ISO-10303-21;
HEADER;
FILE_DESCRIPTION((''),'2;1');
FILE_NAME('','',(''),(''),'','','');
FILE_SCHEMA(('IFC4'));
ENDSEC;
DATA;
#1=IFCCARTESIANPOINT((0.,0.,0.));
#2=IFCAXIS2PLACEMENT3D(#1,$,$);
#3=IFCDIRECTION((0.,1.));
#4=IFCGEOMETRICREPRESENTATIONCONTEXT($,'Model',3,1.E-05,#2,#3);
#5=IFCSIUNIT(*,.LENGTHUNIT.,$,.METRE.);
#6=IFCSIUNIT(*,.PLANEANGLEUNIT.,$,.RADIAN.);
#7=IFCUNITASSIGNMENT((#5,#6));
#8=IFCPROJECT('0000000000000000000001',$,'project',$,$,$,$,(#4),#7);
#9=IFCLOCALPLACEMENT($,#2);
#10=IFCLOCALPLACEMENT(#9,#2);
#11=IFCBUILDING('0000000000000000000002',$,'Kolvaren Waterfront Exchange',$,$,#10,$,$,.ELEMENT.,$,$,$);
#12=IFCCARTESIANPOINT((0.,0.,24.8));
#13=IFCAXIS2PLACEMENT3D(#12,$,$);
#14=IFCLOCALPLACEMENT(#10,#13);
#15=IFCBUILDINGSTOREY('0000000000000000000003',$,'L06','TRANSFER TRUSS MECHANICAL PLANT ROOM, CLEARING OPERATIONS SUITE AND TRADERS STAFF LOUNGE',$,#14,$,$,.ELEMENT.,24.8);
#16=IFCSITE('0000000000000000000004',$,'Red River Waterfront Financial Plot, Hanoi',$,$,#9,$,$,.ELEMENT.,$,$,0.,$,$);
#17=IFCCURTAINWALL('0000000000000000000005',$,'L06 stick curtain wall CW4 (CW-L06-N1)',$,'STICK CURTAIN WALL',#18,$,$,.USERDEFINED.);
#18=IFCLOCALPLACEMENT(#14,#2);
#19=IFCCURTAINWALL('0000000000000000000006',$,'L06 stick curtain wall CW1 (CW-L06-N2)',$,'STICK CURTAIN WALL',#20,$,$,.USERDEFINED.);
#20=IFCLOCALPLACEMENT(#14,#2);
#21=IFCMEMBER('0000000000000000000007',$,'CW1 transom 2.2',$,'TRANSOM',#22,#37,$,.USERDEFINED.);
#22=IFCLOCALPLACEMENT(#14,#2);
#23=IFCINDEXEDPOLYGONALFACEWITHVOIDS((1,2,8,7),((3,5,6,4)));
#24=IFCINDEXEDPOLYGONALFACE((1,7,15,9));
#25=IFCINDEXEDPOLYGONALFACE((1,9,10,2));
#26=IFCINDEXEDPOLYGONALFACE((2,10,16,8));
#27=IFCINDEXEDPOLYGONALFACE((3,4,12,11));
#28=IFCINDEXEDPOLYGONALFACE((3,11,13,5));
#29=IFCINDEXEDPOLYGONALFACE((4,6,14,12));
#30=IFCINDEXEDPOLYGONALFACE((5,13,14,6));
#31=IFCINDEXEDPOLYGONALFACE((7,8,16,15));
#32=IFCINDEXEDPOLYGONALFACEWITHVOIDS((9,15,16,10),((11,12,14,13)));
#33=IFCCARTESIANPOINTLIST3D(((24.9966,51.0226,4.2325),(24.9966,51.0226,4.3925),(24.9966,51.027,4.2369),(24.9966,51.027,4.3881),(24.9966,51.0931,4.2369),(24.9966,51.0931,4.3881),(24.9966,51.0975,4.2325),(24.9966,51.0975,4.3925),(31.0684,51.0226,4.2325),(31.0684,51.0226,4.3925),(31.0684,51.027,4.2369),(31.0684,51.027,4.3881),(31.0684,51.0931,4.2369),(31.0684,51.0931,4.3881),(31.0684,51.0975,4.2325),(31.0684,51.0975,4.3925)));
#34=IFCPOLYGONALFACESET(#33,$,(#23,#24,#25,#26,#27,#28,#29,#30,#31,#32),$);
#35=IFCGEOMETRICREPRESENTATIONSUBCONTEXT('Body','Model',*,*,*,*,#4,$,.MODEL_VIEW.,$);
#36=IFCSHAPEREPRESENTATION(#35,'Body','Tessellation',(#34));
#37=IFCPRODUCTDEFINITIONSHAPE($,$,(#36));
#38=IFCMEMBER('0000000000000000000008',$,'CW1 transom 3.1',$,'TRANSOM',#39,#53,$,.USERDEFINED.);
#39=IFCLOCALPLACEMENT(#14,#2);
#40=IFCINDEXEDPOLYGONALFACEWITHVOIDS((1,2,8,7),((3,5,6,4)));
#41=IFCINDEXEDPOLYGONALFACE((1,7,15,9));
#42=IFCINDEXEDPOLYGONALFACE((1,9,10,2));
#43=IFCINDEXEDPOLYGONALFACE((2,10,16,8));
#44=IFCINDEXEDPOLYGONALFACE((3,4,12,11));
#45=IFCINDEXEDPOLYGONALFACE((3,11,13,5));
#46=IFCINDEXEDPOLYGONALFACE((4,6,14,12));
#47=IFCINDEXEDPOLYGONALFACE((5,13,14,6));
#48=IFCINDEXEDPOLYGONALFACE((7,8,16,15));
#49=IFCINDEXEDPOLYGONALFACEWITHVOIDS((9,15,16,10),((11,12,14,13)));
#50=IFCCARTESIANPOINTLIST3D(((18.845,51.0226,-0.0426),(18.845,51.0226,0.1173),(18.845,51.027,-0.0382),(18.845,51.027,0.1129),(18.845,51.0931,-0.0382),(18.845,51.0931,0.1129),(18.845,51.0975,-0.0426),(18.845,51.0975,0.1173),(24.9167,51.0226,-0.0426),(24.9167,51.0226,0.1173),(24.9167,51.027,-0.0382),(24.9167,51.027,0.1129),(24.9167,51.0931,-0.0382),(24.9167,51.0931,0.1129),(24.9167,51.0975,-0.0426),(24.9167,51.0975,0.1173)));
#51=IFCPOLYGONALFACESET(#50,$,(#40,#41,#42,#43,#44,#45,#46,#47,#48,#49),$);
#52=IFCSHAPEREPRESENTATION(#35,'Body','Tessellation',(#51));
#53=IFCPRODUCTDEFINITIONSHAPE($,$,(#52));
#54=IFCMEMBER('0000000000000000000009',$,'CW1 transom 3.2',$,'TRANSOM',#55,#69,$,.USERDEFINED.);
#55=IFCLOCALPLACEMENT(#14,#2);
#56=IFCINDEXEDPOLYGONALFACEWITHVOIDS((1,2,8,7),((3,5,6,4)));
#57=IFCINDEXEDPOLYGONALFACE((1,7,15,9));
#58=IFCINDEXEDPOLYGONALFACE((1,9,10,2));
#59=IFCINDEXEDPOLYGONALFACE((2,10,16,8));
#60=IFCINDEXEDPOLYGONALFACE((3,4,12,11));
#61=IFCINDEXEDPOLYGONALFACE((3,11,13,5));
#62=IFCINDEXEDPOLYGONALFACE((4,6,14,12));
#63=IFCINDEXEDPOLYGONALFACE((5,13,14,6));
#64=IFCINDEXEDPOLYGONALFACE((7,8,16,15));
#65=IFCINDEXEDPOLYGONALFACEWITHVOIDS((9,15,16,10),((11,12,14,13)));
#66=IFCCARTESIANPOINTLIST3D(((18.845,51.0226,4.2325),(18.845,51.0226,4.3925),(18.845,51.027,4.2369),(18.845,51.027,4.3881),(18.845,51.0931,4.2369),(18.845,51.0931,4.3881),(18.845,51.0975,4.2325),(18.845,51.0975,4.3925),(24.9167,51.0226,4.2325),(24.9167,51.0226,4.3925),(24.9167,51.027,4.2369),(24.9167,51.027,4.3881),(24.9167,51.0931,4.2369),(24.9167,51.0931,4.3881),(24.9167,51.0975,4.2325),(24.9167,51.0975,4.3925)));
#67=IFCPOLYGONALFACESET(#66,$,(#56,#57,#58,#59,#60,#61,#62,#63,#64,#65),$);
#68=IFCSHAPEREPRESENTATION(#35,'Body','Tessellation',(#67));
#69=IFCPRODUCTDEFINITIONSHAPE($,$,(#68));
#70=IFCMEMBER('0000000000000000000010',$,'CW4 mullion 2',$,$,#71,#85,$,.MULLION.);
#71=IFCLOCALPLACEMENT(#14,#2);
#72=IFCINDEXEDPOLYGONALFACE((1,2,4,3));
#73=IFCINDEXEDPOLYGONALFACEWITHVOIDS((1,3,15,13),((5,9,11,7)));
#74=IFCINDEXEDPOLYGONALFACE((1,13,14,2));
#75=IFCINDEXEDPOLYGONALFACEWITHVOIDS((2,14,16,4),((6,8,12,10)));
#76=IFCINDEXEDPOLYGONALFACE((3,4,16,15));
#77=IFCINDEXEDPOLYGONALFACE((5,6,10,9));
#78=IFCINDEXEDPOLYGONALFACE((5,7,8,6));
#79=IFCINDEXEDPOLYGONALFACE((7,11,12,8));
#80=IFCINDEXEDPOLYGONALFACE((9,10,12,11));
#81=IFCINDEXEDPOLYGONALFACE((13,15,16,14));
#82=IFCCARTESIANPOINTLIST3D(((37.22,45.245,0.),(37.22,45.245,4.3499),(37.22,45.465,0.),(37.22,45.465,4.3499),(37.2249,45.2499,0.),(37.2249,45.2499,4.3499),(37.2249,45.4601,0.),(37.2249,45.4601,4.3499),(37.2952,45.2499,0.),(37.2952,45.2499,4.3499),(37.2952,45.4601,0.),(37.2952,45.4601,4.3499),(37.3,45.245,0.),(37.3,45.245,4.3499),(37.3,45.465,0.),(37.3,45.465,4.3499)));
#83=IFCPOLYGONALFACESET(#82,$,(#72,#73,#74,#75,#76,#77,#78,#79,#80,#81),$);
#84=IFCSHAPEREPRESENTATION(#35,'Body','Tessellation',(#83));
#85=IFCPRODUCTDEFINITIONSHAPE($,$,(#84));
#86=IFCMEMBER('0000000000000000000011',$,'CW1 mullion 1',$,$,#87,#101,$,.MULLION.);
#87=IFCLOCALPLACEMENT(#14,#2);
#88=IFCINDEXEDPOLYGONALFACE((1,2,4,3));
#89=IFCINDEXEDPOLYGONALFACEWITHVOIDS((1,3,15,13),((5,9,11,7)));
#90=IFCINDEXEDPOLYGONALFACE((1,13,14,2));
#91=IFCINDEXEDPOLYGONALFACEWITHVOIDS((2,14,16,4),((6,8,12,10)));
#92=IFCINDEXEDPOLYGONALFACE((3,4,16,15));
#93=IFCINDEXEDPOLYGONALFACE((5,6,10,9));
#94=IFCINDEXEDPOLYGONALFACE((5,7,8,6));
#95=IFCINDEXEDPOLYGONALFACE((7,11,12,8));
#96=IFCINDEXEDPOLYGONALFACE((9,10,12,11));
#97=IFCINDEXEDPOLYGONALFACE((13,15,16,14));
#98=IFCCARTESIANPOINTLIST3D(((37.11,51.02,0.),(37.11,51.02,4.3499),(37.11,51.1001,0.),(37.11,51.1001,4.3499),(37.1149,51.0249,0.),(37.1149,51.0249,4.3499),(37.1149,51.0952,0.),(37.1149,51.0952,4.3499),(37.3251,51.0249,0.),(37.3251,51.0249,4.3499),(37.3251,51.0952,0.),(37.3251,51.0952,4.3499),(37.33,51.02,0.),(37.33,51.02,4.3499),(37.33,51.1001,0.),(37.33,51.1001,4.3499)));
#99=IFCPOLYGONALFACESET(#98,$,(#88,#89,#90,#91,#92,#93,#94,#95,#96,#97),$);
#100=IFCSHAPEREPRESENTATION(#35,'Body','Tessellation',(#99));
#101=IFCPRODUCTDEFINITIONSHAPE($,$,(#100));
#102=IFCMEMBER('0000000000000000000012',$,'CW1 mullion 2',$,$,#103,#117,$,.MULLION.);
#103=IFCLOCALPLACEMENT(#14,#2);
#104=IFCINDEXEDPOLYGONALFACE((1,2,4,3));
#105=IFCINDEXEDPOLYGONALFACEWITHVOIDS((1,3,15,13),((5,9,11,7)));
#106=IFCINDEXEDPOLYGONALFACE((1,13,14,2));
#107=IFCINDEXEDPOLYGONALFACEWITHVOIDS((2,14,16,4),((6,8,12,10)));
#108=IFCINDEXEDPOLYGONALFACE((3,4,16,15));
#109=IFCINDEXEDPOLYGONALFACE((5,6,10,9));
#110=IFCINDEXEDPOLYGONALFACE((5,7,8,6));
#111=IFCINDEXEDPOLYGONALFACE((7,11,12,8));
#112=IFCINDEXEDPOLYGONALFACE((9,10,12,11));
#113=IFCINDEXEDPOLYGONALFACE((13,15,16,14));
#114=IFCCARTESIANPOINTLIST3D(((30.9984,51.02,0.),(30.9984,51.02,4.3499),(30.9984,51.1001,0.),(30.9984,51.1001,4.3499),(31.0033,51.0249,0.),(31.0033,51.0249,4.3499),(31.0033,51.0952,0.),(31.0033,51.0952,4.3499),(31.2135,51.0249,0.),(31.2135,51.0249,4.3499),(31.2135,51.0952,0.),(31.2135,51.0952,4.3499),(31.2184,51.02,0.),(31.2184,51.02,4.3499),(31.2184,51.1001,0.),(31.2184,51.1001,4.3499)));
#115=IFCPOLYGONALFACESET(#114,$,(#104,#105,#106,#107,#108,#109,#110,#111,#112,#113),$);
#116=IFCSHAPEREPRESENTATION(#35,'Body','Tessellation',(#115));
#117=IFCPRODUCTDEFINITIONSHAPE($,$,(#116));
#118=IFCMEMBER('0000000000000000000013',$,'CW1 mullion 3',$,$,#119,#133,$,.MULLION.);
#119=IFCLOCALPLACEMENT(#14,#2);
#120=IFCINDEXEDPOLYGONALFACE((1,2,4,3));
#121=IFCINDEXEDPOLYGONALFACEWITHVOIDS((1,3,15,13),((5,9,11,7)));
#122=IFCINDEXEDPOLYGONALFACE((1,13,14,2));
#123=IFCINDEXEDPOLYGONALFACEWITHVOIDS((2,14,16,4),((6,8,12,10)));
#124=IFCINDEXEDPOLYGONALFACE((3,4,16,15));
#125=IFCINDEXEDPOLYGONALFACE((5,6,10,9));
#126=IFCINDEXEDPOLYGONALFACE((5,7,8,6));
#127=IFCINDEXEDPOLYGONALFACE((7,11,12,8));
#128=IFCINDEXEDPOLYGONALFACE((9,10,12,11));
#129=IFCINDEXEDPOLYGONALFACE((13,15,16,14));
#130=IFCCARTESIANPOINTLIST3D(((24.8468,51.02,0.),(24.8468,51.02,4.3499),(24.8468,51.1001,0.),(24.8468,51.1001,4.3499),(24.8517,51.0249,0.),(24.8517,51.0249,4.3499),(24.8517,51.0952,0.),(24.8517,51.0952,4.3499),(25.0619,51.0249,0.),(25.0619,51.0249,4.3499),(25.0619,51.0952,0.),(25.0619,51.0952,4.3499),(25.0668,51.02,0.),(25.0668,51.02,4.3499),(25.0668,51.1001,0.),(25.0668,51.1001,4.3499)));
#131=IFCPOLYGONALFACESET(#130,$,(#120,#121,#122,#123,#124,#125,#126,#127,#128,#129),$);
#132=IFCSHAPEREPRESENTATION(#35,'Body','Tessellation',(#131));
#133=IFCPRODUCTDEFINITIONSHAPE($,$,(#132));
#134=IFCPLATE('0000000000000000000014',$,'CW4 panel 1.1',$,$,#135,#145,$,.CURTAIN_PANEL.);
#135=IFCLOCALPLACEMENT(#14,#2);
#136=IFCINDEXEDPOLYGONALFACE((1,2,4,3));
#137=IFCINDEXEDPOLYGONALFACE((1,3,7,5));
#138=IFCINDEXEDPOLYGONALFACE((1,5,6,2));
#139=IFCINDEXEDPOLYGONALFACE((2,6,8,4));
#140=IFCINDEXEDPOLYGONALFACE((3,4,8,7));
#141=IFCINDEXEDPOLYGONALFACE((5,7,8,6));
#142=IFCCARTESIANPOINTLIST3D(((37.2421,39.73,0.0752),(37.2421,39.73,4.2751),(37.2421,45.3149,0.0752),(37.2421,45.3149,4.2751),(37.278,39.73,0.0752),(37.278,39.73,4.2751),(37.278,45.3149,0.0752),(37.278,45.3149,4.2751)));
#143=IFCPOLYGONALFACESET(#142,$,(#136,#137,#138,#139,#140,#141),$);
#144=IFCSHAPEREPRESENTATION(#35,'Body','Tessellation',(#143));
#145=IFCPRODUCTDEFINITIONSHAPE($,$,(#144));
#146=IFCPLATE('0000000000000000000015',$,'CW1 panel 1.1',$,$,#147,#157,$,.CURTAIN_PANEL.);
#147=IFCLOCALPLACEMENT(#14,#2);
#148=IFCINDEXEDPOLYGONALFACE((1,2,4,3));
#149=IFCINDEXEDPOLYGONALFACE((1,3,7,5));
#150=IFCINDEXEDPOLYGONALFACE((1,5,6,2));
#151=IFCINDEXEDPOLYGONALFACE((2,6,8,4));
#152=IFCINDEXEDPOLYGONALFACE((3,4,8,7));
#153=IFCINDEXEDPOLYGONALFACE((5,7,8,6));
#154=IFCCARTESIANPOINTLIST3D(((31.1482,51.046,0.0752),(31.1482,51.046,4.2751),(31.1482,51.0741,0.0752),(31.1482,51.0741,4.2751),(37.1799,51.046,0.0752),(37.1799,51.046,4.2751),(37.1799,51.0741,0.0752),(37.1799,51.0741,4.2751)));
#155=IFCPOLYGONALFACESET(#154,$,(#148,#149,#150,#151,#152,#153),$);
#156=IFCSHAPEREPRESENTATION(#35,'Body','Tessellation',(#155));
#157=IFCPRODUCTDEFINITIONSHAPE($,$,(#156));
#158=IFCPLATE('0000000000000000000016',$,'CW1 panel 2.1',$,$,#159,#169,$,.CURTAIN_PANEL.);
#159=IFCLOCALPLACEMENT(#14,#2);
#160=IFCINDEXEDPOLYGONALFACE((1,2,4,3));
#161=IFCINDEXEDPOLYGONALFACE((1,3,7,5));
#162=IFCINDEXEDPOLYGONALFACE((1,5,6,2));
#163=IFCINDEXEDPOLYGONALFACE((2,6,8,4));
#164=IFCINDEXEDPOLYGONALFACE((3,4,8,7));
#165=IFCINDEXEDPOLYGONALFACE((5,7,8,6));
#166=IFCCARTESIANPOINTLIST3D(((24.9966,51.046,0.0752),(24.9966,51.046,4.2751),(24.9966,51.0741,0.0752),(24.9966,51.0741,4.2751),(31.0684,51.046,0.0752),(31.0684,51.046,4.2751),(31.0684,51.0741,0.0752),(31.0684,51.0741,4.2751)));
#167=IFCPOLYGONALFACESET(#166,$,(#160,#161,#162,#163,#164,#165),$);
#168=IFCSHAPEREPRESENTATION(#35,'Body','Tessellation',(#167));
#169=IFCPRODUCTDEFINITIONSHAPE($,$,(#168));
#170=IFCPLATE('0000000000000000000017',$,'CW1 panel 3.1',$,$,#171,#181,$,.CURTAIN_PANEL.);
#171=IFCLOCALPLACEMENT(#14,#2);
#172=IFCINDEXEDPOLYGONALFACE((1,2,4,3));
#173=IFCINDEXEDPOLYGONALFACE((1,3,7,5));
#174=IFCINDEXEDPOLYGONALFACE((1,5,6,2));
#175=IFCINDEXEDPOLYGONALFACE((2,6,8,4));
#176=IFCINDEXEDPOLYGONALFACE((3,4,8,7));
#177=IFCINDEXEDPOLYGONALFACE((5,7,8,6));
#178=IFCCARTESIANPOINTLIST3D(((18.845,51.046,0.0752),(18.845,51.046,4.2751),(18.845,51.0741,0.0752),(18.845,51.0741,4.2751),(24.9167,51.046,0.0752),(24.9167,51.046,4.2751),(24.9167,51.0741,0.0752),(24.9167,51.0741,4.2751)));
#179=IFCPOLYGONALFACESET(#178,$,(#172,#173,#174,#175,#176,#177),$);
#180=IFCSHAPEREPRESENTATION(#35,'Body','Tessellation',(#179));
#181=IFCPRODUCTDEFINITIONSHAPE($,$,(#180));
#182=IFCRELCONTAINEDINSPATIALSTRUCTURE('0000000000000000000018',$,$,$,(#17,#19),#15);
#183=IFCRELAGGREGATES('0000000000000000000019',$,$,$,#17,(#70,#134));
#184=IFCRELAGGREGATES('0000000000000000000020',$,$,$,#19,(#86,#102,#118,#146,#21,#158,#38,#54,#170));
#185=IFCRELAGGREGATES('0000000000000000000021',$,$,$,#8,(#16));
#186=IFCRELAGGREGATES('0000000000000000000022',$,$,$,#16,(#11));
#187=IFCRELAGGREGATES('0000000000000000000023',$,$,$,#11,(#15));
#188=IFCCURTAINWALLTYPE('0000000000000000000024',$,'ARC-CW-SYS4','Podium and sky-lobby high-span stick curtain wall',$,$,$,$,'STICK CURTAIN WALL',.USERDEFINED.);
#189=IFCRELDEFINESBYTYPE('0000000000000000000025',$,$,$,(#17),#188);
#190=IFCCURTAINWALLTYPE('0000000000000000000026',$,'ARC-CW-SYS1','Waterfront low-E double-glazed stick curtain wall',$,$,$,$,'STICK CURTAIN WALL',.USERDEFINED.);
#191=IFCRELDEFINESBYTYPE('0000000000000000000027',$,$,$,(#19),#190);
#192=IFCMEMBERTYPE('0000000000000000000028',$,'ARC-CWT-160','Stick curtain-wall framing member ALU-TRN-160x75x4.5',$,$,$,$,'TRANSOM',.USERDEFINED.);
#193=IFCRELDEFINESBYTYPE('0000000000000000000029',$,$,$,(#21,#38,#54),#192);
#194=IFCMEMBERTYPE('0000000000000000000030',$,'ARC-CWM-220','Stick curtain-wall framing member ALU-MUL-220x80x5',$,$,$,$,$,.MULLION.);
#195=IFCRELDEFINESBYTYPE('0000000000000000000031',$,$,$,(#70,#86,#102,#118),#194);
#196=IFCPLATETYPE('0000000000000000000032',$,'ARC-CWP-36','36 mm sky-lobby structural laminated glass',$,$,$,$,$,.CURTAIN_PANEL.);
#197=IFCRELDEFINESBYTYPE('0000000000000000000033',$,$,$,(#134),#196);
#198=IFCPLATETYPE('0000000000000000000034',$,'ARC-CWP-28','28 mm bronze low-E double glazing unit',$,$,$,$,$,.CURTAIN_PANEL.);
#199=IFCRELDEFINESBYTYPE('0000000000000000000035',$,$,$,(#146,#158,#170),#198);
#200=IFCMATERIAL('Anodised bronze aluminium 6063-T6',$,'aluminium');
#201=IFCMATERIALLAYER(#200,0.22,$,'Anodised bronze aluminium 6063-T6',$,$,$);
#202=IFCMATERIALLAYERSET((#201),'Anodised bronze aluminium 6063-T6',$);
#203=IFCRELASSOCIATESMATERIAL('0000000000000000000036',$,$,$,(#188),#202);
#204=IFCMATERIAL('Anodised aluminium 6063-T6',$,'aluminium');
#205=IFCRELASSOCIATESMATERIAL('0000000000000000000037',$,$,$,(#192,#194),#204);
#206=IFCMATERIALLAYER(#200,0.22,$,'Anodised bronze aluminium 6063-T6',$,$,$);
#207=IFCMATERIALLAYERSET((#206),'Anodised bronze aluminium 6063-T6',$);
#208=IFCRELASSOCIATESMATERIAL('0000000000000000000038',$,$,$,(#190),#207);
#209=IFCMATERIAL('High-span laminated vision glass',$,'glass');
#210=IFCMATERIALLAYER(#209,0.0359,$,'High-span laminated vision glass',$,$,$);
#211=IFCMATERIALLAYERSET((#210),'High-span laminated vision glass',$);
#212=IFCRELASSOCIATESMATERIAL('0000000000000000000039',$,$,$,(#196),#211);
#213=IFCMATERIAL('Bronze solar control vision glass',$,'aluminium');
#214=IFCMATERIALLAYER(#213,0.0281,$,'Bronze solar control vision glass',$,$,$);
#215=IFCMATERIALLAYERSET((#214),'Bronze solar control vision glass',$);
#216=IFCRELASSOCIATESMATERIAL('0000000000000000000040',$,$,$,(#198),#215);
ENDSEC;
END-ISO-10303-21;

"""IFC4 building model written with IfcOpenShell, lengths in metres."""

from ifc_helpers import new_model, si_unit, direction, frame, origin, origin_with_axes, origin_2d, place, context, subcontext, project, spatial, rectangle, hollow_rectangle, extrude, source, transform, mapped, material, layer, layer_set, material_profile, profile_set, type_object, element, aggregate, save


model = new_model("IFC4")

# Units and contexts
model_context = context("Model", 3, precision=1e-05, world=origin(), true_north=direction((0.0, 1.0)))
body_context = subcontext(model_context, "Body", "Model", "MODEL_VIEW")
ifc_project = project(units=[si_unit("LENGTHUNIT", "METRE"), si_unit("PLANEANGLEUNIT", "RADIAN")], contexts=[model_context])

# Site, building, storey
site_placement = place(None, origin())
site = spatial("IfcSite", under=ifc_project, at=site_placement, Name="Red River Waterfront Financial Plot, Hanoi", CompositionType="ELEMENT", RefElevation=0.0)
building_placement = place(site_placement, origin())
building = spatial("IfcBuilding", under=site, at=building_placement, Name="Kolvaren Waterfront Exchange", CompositionType="ELEMENT")
storey_placement = place(building_placement, frame((0.0, 0.0, 24.8)))
storey = spatial("IfcBuildingStorey", under=building, at=storey_placement, Name="L06", Description="TRANSFER TRUSS MECHANICAL PLANT ROOM, CLEARING OPERATIONS SUITE AND TRADERS STAFF LOUNGE", CompositionType="ELEMENT", Elevation=24.8)

# Curtain walls, members
ifc_material_1 = material(Name="Anodised bronze aluminium 6063-T6", Category="aluminium")
ifc_layer_1 = layer(ifc_material_1, 0.22, Name="Anodised bronze aluminium 6063-T6")
ifc_layer_set_1 = layer_set([ifc_layer_1], Name="Anodised bronze aluminium 6063-T6")
curtain_wall_type_1 = type_object("IfcCurtainWallType", Name="ARC-CW-SYS4", Description="Podium and sky-lobby high-span stick curtain wall", ElementType="STICK CURTAIN WALL", PredefinedType="USERDEFINED", material=ifc_layer_set_1)
curtain_wall_1_placement = place(storey_placement, origin())
curtain_wall_1 = element("IfcCurtainWall", 1, at=curtain_wall_1_placement, inside=storey, type_object=curtain_wall_type_1, Name="L06 stick curtain wall CW4 (CW-L06-N1)", ObjectType="STICK CURTAIN WALL", PredefinedType="USERDEFINED")
ifc_material_2 = material(Name="Anodised aluminium 6063-T6", Category="aluminium")
ifc_material_profile_1 = material_profile(ifc_material_2, hollow_rectangle(XDim=0.075, YDim=0.1599, WallThickness=0.0044, at=origin_2d()), Name="ALU-TRN-160x75x4.5")
ifc_profile_set_1 = profile_set([ifc_material_profile_1], Name="Anodised aluminium 6063-T6")
member_type_1 = type_object("IfcMemberType", Name="ARC-CWT-160", Description="Stick curtain-wall framing member ALU-TRN-160x75x4.5", ElementType="TRANSOM", PredefinedType="USERDEFINED", material=ifc_profile_set_1)
ifc_layer_2 = layer(ifc_material_1, 0.22, Name="Anodised bronze aluminium 6063-T6")
ifc_layer_set_2 = layer_set([ifc_layer_2], Name="Anodised bronze aluminium 6063-T6")
curtain_wall_type_2 = type_object("IfcCurtainWallType", Name="ARC-CW-SYS1", Description="Waterfront low-E double-glazed stick curtain wall", ElementType="STICK CURTAIN WALL", PredefinedType="USERDEFINED", material=ifc_layer_set_2)
curtain_wall_2_placement = place(storey_placement, origin())
curtain_wall_2 = element("IfcCurtainWall", 2, at=curtain_wall_2_placement, inside=storey, type_object=curtain_wall_type_2, Name="L06 stick curtain wall CW1 (CW-L06-N2)", ObjectType="STICK CURTAIN WALL", PredefinedType="USERDEFINED")
shared_shape_1 = source(origin_with_axes(), body_context, "Body", "SweptSolid", [
    extrude(hollow_rectangle(XDim=0.075, YDim=0.1599, WallThickness=0.0044, at=origin_2d()), origin(), (0.0, 0.0, 1.0), 6.0718),
])
member_1_placement = place(storey_placement, frame((31.0684, 51.0601, 4.3125), z_axis=(-1.0, 0.0, 0.0), x_axis=(0.0, -1.0, 0.0)))
member_1 = element("IfcMember", 3, at=member_1_placement, type_object=member_type_1, Name="CW1 transom 2.2", ObjectType="TRANSOM", PredefinedType="USERDEFINED", context=body_context, shape_type="MappedRepresentation", body=[
    mapped(shared_shape_1, transform((0.0, 0.0, 0.0), x_axis=(1.0, 0.0, 0.0), y_axis=(0.0, 1.0, 0.0), z_axis=(0.0, 0.0, 1.0), scale=1.0)),
])
member_2_placement = place(storey_placement, frame((24.9167, 51.0601, 0.0374), z_axis=(-1.0, 0.0, 0.0), x_axis=(0.0, -1.0, 0.0)))
member_2 = element("IfcMember", 4, at=member_2_placement, type_object=member_type_1, Name="CW1 transom 3.1", ObjectType="TRANSOM", PredefinedType="USERDEFINED", context=body_context, shape_type="MappedRepresentation", body=[
    mapped(shared_shape_1, transform((0.0, 0.0, 0.0), x_axis=(1.0, 0.0, 0.0), y_axis=(0.0, 1.0, 0.0), z_axis=(0.0, 0.0, 1.0), scale=1.0)),
])
member_3_placement = place(storey_placement, frame((24.9167, 51.0601, 4.3125), z_axis=(-1.0, 0.0, 0.0), x_axis=(0.0, -1.0, 0.0)))
member_3 = element("IfcMember", 5, at=member_3_placement, type_object=member_type_1, Name="CW1 transom 3.2", ObjectType="TRANSOM", PredefinedType="USERDEFINED", context=body_context, shape_type="MappedRepresentation", body=[
    mapped(shared_shape_1, transform((0.0, 0.0, 0.0), x_axis=(1.0, 0.0, 0.0), y_axis=(0.0, 1.0, 0.0), z_axis=(0.0, 0.0, 1.0), scale=1.0)),
])

# Members
ifc_material_profile_2 = material_profile(ifc_material_2, hollow_rectangle(XDim=0.0801, YDim=0.22, WallThickness=0.0049, at=origin_2d()), Name="ALU-MUL-220x80x5")
ifc_profile_set_2 = profile_set([ifc_material_profile_2], Name="Anodised aluminium 6063-T6")
member_type_2 = type_object("IfcMemberType", Name="ARC-CWM-220", Description="Stick curtain-wall framing member ALU-MUL-220x80x5", PredefinedType="MULLION", material=ifc_profile_set_2)
shared_shape_2 = source(origin_with_axes(), body_context, "Body", "SweptSolid", [
    extrude(hollow_rectangle(XDim=0.0801, YDim=0.22, WallThickness=0.0049, at=origin_2d()), origin(), (0.0, 0.0, 1.0), 4.3499),
])
member_4_placement = place(storey_placement, frame((37.26, 45.355, 0.0), z_axis=(0.0, 0.0, 1.0), x_axis=(-1.0, 0.0, 0.0)))
member_4 = element("IfcMember", 6, at=member_4_placement, type_object=member_type_2, Name="CW4 mullion 2", PredefinedType="MULLION", context=body_context, shape_type="MappedRepresentation", body=[
    mapped(shared_shape_2, transform((0.0, 0.0, 0.0), x_axis=(1.0, 0.0, 0.0), y_axis=(0.0, 1.0, 0.0), z_axis=(0.0, 0.0, 1.0), scale=1.0)),
])
member_5_placement = place(storey_placement, frame((37.22, 51.0601, 0.0), z_axis=(0.0, 0.0, 1.0), x_axis=(0.0, -1.0, 0.0)))
member_5 = element("IfcMember", 7, at=member_5_placement, type_object=member_type_2, Name="CW1 mullion 1", PredefinedType="MULLION", context=body_context, shape_type="MappedRepresentation", body=[
    mapped(shared_shape_2, transform((0.0, 0.0, 0.0), x_axis=(1.0, 0.0, 0.0), y_axis=(0.0, 1.0, 0.0), z_axis=(0.0, 0.0, 1.0), scale=1.0)),
])
member_6_placement = place(storey_placement, frame((31.1084, 51.0601, 0.0), z_axis=(0.0, 0.0, 1.0), x_axis=(0.0, -1.0, 0.0)))
member_6 = element("IfcMember", 8, at=member_6_placement, type_object=member_type_2, Name="CW1 mullion 2", PredefinedType="MULLION", context=body_context, shape_type="MappedRepresentation", body=[
    mapped(shared_shape_2, transform((0.0, 0.0, 0.0), x_axis=(1.0, 0.0, 0.0), y_axis=(0.0, 1.0, 0.0), z_axis=(0.0, 0.0, 1.0), scale=1.0)),
])
member_7_placement = place(storey_placement, frame((24.9568, 51.0601, 0.0), z_axis=(0.0, 0.0, 1.0), x_axis=(0.0, -1.0, 0.0)))
member_7 = element("IfcMember", 9, at=member_7_placement, type_object=member_type_2, Name="CW1 mullion 3", PredefinedType="MULLION", context=body_context, shape_type="MappedRepresentation", body=[
    mapped(shared_shape_2, transform((0.0, 0.0, 0.0), x_axis=(1.0, 0.0, 0.0), y_axis=(0.0, 1.0, 0.0), z_axis=(0.0, 0.0, 1.0), scale=1.0)),
])

# Plates
ifc_material_3 = material(Name="High-span laminated vision glass", Category="glass")
ifc_layer_3 = layer(ifc_material_3, 0.0359, Name="High-span laminated vision glass")
ifc_layer_set_3 = layer_set([ifc_layer_3], Name="High-span laminated vision glass")
plate_type_1 = type_object("IfcPlateType", Name="ARC-CWP-36", Description="36 mm sky-lobby structural laminated glass", PredefinedType="CURTAIN_PANEL", material=ifc_layer_set_3)
shared_shape_3 = source(origin_with_axes(), body_context, "Body", "SweptSolid", [
    extrude(rectangle(XDim=5.585, YDim=0.0359, at=origin_2d()), origin(), (0.0, 0.0, 1.0), 4.2),
])
plate_1_placement = place(storey_placement, frame((37.26, 42.5225, 0.0752), z_axis=(0.0, 0.0, 1.0), x_axis=(0.0, 1.0, 0.0)))
plate_1 = element("IfcPlate", 10, at=plate_1_placement, type_object=plate_type_1, Name="CW4 panel 1.1", PredefinedType="CURTAIN_PANEL", context=body_context, shape_type="MappedRepresentation", body=[
    mapped(shared_shape_3, transform((0.0, 0.0, 0.0), x_axis=(1.0, 0.0, 0.0), y_axis=(0.0, 1.0, 0.0), z_axis=(0.0, 0.0, 1.0), scale=1.0)),
])
aggregate(curtain_wall_1, [member_4, plate_1])
ifc_material_4 = material(Name="Bronze solar control vision glass", Category="aluminium")
ifc_layer_4 = layer(ifc_material_4, 0.0281, Name="Bronze solar control vision glass")
ifc_layer_set_4 = layer_set([ifc_layer_4], Name="Bronze solar control vision glass")
plate_type_2 = type_object("IfcPlateType", Name="ARC-CWP-28", Description="28 mm bronze low-E double glazing unit", PredefinedType="CURTAIN_PANEL", material=ifc_layer_set_4)
shared_shape_4 = source(origin_with_axes(), body_context, "Body", "SweptSolid", [
    extrude(rectangle(XDim=6.0317, YDim=0.0281, at=origin_2d()), origin(), (0.0, 0.0, 1.0), 4.2),
])
plate_2_placement = place(storey_placement, frame((34.1641, 51.0601, 0.0752), z_axis=(0.0, 0.0, 1.0), x_axis=(-1.0, 0.0, 0.0)))
plate_2 = element("IfcPlate", 11, at=plate_2_placement, type_object=plate_type_2, Name="CW1 panel 1.1", PredefinedType="CURTAIN_PANEL", context=body_context, shape_type="MappedRepresentation", body=[
    mapped(shared_shape_4, transform((0.0, 0.0, 0.0), x_axis=(1.0, 0.0, 0.0), y_axis=(0.0, 1.0, 0.0), z_axis=(0.0, 0.0, 1.0), scale=1.0)),
])
shared_shape_5 = source(origin_with_axes(), body_context, "Body", "SweptSolid", [
    extrude(rectangle(XDim=6.0718, YDim=0.0281, at=origin_2d()), origin(), (0.0, 0.0, 1.0), 4.2),
])
plate_3_placement = place(storey_placement, frame((28.0325, 51.0601, 0.0752), z_axis=(0.0, 0.0, 1.0), x_axis=(-1.0, 0.0, 0.0)))
plate_3 = element("IfcPlate", 12, at=plate_3_placement, type_object=plate_type_2, Name="CW1 panel 2.1", PredefinedType="CURTAIN_PANEL", context=body_context, shape_type="MappedRepresentation", body=[
    mapped(shared_shape_5, transform((0.0, 0.0, 0.0), x_axis=(1.0, 0.0, 0.0), y_axis=(0.0, 1.0, 0.0), z_axis=(0.0, 0.0, 1.0), scale=1.0)),
])
plate_4_placement = place(storey_placement, frame((21.8809, 51.0601, 0.0752), z_axis=(0.0, 0.0, 1.0), x_axis=(-1.0, 0.0, 0.0)))
plate_4 = element("IfcPlate", 13, at=plate_4_placement, type_object=plate_type_2, Name="CW1 panel 3.1", PredefinedType="CURTAIN_PANEL", context=body_context, shape_type="MappedRepresentation", body=[
    mapped(shared_shape_5, transform((0.0, 0.0, 0.0), x_axis=(1.0, 0.0, 0.0), y_axis=(0.0, 1.0, 0.0), z_axis=(0.0, 0.0, 1.0), scale=1.0)),
])
aggregate(curtain_wall_2, [member_5, member_6, member_7, plate_2, member_1, plate_3, member_2, member_3, plate_4])

save(model, "model.ifc")
